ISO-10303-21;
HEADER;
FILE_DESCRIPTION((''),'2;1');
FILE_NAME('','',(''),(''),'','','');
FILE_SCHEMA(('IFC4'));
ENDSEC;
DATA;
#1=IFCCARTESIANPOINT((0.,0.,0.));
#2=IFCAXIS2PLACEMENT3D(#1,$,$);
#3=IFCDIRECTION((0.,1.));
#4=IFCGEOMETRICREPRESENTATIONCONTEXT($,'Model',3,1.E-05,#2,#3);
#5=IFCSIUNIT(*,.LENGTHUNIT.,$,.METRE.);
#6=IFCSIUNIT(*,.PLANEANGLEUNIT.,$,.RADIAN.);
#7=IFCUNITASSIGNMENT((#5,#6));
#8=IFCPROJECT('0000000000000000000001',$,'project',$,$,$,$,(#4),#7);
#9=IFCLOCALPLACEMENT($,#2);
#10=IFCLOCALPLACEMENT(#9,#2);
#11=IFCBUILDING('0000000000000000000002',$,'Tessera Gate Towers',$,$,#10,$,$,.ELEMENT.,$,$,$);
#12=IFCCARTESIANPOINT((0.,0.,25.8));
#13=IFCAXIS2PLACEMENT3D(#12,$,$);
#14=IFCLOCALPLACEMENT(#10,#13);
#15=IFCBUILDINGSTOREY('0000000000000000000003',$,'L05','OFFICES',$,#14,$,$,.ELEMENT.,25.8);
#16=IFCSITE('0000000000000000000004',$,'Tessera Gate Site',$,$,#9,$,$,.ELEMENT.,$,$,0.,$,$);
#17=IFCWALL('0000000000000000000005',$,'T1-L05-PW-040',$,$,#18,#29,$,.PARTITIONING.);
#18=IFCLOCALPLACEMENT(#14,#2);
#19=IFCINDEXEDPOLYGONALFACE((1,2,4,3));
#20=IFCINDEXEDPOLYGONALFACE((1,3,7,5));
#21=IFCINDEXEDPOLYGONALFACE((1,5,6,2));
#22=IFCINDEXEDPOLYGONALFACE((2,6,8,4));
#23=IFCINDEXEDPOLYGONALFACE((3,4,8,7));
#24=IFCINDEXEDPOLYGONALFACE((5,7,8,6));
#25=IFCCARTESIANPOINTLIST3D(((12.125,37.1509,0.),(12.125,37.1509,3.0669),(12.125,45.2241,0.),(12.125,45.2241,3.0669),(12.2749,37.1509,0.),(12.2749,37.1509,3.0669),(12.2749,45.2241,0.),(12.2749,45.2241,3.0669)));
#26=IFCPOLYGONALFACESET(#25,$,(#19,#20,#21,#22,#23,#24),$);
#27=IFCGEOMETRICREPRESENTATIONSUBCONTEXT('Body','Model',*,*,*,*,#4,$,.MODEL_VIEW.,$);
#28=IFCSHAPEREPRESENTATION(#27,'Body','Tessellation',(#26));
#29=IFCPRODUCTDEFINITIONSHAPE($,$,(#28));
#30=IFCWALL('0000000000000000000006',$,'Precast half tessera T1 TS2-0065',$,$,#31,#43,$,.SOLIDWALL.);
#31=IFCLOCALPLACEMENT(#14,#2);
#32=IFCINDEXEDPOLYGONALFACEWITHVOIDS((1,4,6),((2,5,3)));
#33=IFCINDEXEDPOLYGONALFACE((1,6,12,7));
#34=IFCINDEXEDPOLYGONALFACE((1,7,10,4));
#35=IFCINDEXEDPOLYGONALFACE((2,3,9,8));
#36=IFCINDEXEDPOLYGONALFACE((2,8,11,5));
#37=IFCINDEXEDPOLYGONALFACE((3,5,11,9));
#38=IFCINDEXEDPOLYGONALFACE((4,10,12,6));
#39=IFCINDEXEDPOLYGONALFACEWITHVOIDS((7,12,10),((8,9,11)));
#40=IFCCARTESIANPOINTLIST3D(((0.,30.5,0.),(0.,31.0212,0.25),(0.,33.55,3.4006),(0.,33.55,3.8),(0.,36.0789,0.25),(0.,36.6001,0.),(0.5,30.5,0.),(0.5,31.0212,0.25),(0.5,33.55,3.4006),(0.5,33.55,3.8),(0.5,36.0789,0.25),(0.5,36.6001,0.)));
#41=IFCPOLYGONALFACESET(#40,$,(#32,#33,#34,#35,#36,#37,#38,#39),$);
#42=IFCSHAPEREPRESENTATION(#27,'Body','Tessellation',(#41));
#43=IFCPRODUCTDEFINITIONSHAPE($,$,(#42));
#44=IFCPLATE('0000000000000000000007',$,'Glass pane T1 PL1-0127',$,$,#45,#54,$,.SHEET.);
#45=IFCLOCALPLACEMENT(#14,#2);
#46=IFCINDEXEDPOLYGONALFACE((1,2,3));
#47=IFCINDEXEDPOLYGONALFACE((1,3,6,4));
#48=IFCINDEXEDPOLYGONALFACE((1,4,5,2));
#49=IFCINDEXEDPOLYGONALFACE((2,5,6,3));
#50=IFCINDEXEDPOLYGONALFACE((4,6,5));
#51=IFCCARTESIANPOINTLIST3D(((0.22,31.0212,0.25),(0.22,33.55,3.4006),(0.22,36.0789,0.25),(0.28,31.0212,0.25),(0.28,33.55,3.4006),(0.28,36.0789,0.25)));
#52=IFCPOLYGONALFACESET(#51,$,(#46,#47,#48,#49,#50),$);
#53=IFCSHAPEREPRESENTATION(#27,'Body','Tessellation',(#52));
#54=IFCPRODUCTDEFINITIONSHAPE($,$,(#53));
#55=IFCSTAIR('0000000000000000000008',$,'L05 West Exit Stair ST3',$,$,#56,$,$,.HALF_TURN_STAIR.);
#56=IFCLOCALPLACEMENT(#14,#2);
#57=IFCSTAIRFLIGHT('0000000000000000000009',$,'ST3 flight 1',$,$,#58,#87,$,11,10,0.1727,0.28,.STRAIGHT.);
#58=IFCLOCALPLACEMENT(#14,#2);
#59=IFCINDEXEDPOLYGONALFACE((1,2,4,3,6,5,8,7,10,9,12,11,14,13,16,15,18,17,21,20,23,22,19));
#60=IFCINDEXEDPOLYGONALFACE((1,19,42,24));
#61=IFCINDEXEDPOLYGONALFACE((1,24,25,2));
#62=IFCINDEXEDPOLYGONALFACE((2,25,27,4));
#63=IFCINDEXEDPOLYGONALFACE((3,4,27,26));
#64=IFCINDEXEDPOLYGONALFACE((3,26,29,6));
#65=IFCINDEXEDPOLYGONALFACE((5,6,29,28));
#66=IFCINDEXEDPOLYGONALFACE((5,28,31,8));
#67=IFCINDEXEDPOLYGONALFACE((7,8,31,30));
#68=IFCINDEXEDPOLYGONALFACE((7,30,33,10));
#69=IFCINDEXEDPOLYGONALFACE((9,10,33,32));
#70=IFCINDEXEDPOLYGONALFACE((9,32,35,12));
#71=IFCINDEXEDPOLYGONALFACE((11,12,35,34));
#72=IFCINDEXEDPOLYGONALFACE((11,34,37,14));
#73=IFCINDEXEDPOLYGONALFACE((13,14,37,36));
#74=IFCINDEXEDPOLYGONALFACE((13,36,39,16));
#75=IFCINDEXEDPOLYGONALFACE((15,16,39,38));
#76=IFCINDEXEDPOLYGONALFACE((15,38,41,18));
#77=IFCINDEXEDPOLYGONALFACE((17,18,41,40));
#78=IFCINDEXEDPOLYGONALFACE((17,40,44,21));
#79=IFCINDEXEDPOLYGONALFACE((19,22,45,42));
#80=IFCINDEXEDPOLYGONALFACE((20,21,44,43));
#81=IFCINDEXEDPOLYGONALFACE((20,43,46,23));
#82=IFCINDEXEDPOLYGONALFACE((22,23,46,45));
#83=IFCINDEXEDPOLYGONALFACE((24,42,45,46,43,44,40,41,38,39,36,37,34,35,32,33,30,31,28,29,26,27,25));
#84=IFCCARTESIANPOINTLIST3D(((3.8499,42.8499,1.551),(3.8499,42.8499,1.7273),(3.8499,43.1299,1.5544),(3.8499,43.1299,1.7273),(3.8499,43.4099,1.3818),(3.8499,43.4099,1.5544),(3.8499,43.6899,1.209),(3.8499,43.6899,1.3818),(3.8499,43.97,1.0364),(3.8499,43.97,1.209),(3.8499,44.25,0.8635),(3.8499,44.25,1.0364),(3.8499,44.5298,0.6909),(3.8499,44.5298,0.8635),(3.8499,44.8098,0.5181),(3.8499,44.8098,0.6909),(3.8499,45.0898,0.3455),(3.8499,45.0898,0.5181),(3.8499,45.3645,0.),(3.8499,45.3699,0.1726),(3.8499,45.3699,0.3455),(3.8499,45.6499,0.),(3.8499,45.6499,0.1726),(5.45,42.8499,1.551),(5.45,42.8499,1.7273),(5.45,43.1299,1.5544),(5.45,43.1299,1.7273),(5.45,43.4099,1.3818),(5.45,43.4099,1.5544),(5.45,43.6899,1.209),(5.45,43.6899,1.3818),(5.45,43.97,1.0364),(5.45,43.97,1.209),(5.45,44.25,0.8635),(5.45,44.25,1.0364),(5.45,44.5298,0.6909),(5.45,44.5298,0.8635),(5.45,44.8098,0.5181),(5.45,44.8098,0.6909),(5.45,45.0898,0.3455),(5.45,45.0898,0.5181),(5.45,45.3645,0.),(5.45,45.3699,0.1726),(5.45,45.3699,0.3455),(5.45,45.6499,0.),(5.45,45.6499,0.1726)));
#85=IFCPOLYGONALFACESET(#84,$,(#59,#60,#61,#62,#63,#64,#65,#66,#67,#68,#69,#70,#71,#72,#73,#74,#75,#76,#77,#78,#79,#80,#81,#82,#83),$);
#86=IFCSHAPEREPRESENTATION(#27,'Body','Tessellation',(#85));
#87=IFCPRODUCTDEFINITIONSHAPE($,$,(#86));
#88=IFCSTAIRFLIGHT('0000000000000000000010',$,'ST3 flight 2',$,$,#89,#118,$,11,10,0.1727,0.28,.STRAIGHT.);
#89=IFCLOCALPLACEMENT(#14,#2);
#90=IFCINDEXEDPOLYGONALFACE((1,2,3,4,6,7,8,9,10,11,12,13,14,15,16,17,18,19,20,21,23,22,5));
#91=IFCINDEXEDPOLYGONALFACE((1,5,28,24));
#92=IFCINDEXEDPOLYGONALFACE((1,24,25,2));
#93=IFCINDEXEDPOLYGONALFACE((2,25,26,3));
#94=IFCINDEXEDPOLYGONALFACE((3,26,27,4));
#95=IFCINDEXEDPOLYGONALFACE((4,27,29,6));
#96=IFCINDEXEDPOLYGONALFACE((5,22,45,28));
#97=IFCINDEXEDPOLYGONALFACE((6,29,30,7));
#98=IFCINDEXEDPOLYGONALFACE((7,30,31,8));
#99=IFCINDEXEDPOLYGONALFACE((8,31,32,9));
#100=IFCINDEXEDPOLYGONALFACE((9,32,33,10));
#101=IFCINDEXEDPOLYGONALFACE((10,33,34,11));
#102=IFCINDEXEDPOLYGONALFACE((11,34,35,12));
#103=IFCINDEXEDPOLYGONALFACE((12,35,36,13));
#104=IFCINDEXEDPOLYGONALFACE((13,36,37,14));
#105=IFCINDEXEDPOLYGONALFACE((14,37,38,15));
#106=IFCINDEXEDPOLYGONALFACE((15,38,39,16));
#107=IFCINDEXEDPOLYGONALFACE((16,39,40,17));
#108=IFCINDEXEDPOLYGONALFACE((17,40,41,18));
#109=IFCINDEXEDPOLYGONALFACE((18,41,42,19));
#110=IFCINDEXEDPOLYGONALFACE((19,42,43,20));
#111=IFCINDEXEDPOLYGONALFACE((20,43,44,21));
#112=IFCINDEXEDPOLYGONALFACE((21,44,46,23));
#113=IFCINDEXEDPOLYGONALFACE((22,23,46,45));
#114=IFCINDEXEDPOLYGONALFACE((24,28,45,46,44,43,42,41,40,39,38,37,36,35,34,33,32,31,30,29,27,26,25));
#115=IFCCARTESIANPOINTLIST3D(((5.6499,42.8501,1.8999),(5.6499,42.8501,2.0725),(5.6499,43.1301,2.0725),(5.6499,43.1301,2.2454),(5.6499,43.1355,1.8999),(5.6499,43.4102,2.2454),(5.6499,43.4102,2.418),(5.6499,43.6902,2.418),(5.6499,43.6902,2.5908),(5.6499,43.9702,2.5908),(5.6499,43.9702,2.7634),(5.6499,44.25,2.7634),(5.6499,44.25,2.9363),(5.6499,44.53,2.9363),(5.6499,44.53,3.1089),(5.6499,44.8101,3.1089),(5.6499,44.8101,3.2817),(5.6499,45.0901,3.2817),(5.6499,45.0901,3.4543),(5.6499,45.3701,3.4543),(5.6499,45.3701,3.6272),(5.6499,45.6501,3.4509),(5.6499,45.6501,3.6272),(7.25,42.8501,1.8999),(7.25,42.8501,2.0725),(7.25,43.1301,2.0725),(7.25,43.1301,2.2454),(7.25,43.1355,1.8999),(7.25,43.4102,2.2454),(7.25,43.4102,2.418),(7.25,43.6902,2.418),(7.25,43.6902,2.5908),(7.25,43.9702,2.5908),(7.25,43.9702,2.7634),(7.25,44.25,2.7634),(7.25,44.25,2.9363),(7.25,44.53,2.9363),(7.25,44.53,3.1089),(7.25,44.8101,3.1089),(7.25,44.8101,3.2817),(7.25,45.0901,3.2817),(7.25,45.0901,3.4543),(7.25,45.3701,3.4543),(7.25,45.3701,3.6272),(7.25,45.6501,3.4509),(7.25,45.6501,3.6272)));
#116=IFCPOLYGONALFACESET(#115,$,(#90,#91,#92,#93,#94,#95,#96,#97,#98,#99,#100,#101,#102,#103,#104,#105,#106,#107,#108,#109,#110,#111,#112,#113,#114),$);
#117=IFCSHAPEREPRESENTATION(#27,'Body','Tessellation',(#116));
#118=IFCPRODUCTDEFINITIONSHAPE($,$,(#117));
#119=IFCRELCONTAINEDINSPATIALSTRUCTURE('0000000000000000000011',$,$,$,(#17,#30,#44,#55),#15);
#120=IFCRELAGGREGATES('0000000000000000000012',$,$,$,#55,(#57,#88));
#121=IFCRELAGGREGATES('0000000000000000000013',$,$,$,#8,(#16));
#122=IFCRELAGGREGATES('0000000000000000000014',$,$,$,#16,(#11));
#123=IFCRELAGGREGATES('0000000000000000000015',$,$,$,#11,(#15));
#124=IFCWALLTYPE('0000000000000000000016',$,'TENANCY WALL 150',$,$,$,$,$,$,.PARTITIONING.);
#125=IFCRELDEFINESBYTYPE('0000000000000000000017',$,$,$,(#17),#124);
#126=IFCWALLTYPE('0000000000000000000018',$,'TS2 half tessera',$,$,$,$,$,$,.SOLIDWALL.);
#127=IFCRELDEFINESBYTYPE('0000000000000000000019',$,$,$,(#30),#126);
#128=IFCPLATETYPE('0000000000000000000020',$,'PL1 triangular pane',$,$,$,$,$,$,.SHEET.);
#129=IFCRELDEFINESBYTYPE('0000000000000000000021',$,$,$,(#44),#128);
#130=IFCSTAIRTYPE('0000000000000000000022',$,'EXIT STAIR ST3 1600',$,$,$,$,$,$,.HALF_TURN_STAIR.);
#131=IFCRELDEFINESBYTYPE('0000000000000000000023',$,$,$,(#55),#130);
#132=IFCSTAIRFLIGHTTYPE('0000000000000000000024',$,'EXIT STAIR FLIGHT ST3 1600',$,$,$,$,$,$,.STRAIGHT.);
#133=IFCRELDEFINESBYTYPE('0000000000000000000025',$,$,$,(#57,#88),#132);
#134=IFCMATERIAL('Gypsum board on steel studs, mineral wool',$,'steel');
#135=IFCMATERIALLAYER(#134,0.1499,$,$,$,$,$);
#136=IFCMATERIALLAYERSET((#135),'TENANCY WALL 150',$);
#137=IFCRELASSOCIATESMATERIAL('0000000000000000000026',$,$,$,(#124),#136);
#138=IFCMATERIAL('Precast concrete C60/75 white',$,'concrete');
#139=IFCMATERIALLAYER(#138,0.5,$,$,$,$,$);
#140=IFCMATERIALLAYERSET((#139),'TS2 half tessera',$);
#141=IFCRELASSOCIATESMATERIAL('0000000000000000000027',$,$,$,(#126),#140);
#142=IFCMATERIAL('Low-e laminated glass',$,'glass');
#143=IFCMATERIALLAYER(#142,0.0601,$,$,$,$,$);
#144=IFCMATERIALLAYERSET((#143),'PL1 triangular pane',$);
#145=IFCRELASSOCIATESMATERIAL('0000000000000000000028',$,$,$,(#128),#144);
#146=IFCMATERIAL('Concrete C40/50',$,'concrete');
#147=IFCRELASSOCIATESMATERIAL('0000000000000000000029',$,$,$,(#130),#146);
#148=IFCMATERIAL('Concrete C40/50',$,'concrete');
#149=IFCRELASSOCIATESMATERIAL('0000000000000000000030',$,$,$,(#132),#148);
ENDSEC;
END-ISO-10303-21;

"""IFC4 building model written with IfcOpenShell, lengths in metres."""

from ifc_helpers import new_model, si_unit, direction, frame, frame_2d, origin, place, context, subcontext, project, spatial, polyline, rectangle, outline, extrude, source, transform, mapped, material, layer, layer_set, type_object, element, fill, aggregate, save


model = new_model("IFC4")

# Units and contexts
model_context = context("Model", 3, precision=1e-05, world=origin(), true_north=direction((0.0, 1.0)))
body_context = subcontext(model_context, "Body", "Model", "MODEL_VIEW")
ifc_project = project(units=[si_unit("LENGTHUNIT", "METRE"), si_unit("PLANEANGLEUNIT", "RADIAN")], contexts=[model_context])

# Site, building, storey
site_placement = place(None, origin())
site = spatial("IfcSite", under=ifc_project, at=site_placement, Name="Tessera Gate Site", CompositionType="ELEMENT", RefElevation=0.0)
building_placement = place(site_placement, origin())
building = spatial("IfcBuilding", under=site, at=building_placement, Name="Tessera Gate Towers", CompositionType="ELEMENT")
storey_placement = place(building_placement, frame((0.0, 0.0, 25.8)))
storey = spatial("IfcBuildingStorey", under=building, at=storey_placement, Name="L05", Description="OFFICES", CompositionType="ELEMENT", Elevation=25.8)

# Wall
ifc_material_1 = material(Name="Gypsum board on steel studs, mineral wool", Category="steel")
ifc_layer_1 = layer(ifc_material_1, 0.1499)
ifc_layer_set_1 = layer_set([ifc_layer_1], Name="TENANCY WALL 150")
wall_type_1 = type_object("IfcWallType", Name="TENANCY WALL 150", PredefinedType="PARTITIONING", material=ifc_layer_set_1)
wall_1_placement = place(storey_placement, frame((12.2, 37.1509, 0.0), z_axis=(0.0, 0.0, 1.0), x_axis=(0.0, 1.0, 0.0)))
element("IfcWall", 1, at=wall_1_placement, inside=storey, type_object=wall_type_1, Name="T1-L05-PW-040", PredefinedType="PARTITIONING", context=body_context, shape_type="SweptSolid", body=[
    extrude(rectangle(XDim=8.0732, YDim=0.1499, at=frame_2d((4.0366, 0.0))), origin(), (0.0, 0.0, 1.0), 3.0669),
])

# Wall, opening, plate
ifc_material_2 = material(Name="Precast concrete C60/75 white", Category="concrete")
ifc_layer_2 = layer(ifc_material_2, 0.5)
ifc_layer_set_2 = layer_set([ifc_layer_2], Name="TS2 half tessera")
wall_type_2 = type_object("IfcWallType", Name="TS2 half tessera", PredefinedType="SOLIDWALL", material=ifc_layer_set_2)
shared_shape_1 = source(origin(), body_context, "Body", "SweptSolid", [
    extrude(outline(polyline([(6.1001, 0.0), (3.05, 3.8), (0.0, 0.0), (6.1001, 0.0)])), frame((0.0, 0.25, 0.0), z_axis=(0.0, -1.0, 0.0), x_axis=(1.0, 0.0, 0.0)), (0.0, 0.0, 1.0), 0.5),
])
wall_2_placement = place(storey_placement, frame((0.25, 36.6001, 0.0), z_axis=(0.0, 0.0, 1.0), x_axis=(0.0, -1.0, 0.0)))
wall_2 = element("IfcWall", 2, at=wall_2_placement, inside=storey, type_object=wall_type_2, Name="Precast half tessera T1 TS2-0065", PredefinedType="SOLIDWALL", context=body_context, shape_type="MappedRepresentation", body=[
    mapped(shared_shape_1, transform((0.0, 0.0, 0.0), scale=1.0)),
])
shared_shape_2 = source(origin(), body_context, "Body", "SweptSolid", [
    extrude(outline(polyline([(5.5789, 0.25), (3.05, 3.4006), (0.5212, 0.25), (5.5789, 0.25)])), frame((0.0, 0.26, 0.0), z_axis=(0.0, -1.0, 0.0), x_axis=(1.0, 0.0, 0.0)), (0.0, 0.0, 1.0), 0.52),
])
opening_1_placement = place(wall_2_placement, origin())
opening_1 = element("IfcOpeningElement", 3, at=opening_1_placement, cuts=wall_2, PredefinedType="OPENING", context=body_context, shape_type="MappedRepresentation", body=[
    mapped(shared_shape_2, transform((0.0, 0.0, 0.0), scale=1.0)),
])
ifc_material_3 = material(Name="Low-e laminated glass", Category="glass")
ifc_layer_3 = layer(ifc_material_3, 0.0601)
ifc_layer_set_3 = layer_set([ifc_layer_3], Name="PL1 triangular pane")
plate_type = type_object("IfcPlateType", Name="PL1 triangular pane", PredefinedType="SHEET", material=ifc_layer_set_3)
shared_shape_3 = source(origin(), body_context, "Body", "SweptSolid", [
    extrude(outline(polyline([(5.5789, 0.25), (3.05, 3.4006), (0.5212, 0.25), (5.5789, 0.25)])), frame((0.0, 0.03, 0.0), z_axis=(0.0, -1.0, 0.0), x_axis=(1.0, 0.0, 0.0)), (0.0, 0.0, 1.0), 0.0601),
])
plate_placement = place(opening_1_placement, origin())
plate = element("IfcPlate", 4, at=plate_placement, inside=storey, type_object=plate_type, Name="Glass pane T1 PL1-0127", PredefinedType="SHEET", context=body_context, shape_type="MappedRepresentation", body=[
    mapped(shared_shape_3, transform((0.0, 0.0, 0.0), scale=1.0)),
])
fill(opening_1, plate)

# Stair, stair flights
ifc_material_4 = material(Name="Concrete C40/50", Category="concrete")
stair_type = type_object("IfcStairType", Name="EXIT STAIR ST3 1600", PredefinedType="HALF_TURN_STAIR", material=ifc_material_4)
stair_placement = place(storey_placement, origin())
stair = element("IfcStair", 5, at=stair_placement, inside=storey, type_object=stair_type, Name="L05 West Exit Stair ST3", PredefinedType="HALF_TURN_STAIR")
ifc_material_5 = material(Name="Concrete C40/50", Category="concrete")
stair_flight_type = type_object("IfcStairFlightType", Name="EXIT STAIR FLIGHT ST3 1600", PredefinedType="STRAIGHT", material=ifc_material_5)
stair_flight_1_placement = place(storey_placement, frame((4.6499, 45.6499, 0.0), z_axis=(0.0, 0.0, 1.0), x_axis=(0.0, -1.0, 0.0)))
stair_flight_1 = element("IfcStairFlight", 6, at=stair_flight_1_placement, type_object=stair_flight_type, Name="ST3 flight 1", NumberOfRisers=11, NumberOfTreads=10, PredefinedType="STRAIGHT", RiserHeight=0.1727, TreadLength=0.28, context=body_context, shape_type="SweptSolid", body=[
    extrude(outline(polyline([(0.0, 0.0), (0.0, 0.1726), (0.28, 0.1726), (0.28, 0.3455), (0.5601, 0.3455), (0.5601, 0.5181), (0.8401, 0.5181), (0.8401, 0.6909), (1.1201, 0.6909), (1.1201, 0.8635), (1.3999, 0.8635), (1.3999, 1.0364), (1.6799, 1.0364), (1.6799, 1.209), (1.96, 1.209), (1.96, 1.3818), (2.24, 1.3818), (2.24, 1.5544), (2.52, 1.5544), (2.52, 1.7273), (2.8, 1.7273), (2.8, 1.8999), (2.8, 1.551), (0.2854, 0.0), (0.0, 0.0)])), frame((0.0, 0.8, 0.0), z_axis=(0.0, -1.0, 0.0), x_axis=(1.0, 0.0, 0.0)), (0.0, 0.0, 1.0), 1.6001),
])
stair_flight_2_placement = place(storey_placement, frame((6.45, 42.8501, 1.8999), z_axis=(0.0, 0.0, 1.0), x_axis=(0.0, 1.0, 0.0)))
stair_flight_2 = element("IfcStairFlight", 7, at=stair_flight_2_placement, type_object=stair_flight_type, Name="ST3 flight 2", NumberOfRisers=11, NumberOfTreads=10, PredefinedType="STRAIGHT", RiserHeight=0.1727, TreadLength=0.28, context=body_context, shape_type="SweptSolid", body=[
    extrude(outline(polyline([(0.0, 0.0), (0.0, 0.1726), (0.28, 0.1726), (0.28, 0.3455), (0.5601, 0.3455), (0.5601, 0.5181), (0.8401, 0.5181), (0.8401, 0.6909), (1.1201, 0.6909), (1.1201, 0.8635), (1.3999, 0.8635), (1.3999, 1.0364), (1.6799, 1.0364), (1.6799, 1.209), (1.96, 1.209), (1.96, 1.3818), (2.24, 1.3818), (2.24, 1.5544), (2.52, 1.5544), (2.52, 1.7273), (2.8, 1.7273), (2.8, 1.8999), (2.8, 1.551), (0.2854, 0.0), (0.0, 0.0)])), frame((0.0, 0.8, 0.0), z_axis=(0.0, -1.0, 0.0), x_axis=(1.0, 0.0, 0.0)), (0.0, 0.0, 1.0), 1.6001),
])
aggregate(stair, [stair_flight_1, stair_flight_2])

save(model, "model.ifc")
